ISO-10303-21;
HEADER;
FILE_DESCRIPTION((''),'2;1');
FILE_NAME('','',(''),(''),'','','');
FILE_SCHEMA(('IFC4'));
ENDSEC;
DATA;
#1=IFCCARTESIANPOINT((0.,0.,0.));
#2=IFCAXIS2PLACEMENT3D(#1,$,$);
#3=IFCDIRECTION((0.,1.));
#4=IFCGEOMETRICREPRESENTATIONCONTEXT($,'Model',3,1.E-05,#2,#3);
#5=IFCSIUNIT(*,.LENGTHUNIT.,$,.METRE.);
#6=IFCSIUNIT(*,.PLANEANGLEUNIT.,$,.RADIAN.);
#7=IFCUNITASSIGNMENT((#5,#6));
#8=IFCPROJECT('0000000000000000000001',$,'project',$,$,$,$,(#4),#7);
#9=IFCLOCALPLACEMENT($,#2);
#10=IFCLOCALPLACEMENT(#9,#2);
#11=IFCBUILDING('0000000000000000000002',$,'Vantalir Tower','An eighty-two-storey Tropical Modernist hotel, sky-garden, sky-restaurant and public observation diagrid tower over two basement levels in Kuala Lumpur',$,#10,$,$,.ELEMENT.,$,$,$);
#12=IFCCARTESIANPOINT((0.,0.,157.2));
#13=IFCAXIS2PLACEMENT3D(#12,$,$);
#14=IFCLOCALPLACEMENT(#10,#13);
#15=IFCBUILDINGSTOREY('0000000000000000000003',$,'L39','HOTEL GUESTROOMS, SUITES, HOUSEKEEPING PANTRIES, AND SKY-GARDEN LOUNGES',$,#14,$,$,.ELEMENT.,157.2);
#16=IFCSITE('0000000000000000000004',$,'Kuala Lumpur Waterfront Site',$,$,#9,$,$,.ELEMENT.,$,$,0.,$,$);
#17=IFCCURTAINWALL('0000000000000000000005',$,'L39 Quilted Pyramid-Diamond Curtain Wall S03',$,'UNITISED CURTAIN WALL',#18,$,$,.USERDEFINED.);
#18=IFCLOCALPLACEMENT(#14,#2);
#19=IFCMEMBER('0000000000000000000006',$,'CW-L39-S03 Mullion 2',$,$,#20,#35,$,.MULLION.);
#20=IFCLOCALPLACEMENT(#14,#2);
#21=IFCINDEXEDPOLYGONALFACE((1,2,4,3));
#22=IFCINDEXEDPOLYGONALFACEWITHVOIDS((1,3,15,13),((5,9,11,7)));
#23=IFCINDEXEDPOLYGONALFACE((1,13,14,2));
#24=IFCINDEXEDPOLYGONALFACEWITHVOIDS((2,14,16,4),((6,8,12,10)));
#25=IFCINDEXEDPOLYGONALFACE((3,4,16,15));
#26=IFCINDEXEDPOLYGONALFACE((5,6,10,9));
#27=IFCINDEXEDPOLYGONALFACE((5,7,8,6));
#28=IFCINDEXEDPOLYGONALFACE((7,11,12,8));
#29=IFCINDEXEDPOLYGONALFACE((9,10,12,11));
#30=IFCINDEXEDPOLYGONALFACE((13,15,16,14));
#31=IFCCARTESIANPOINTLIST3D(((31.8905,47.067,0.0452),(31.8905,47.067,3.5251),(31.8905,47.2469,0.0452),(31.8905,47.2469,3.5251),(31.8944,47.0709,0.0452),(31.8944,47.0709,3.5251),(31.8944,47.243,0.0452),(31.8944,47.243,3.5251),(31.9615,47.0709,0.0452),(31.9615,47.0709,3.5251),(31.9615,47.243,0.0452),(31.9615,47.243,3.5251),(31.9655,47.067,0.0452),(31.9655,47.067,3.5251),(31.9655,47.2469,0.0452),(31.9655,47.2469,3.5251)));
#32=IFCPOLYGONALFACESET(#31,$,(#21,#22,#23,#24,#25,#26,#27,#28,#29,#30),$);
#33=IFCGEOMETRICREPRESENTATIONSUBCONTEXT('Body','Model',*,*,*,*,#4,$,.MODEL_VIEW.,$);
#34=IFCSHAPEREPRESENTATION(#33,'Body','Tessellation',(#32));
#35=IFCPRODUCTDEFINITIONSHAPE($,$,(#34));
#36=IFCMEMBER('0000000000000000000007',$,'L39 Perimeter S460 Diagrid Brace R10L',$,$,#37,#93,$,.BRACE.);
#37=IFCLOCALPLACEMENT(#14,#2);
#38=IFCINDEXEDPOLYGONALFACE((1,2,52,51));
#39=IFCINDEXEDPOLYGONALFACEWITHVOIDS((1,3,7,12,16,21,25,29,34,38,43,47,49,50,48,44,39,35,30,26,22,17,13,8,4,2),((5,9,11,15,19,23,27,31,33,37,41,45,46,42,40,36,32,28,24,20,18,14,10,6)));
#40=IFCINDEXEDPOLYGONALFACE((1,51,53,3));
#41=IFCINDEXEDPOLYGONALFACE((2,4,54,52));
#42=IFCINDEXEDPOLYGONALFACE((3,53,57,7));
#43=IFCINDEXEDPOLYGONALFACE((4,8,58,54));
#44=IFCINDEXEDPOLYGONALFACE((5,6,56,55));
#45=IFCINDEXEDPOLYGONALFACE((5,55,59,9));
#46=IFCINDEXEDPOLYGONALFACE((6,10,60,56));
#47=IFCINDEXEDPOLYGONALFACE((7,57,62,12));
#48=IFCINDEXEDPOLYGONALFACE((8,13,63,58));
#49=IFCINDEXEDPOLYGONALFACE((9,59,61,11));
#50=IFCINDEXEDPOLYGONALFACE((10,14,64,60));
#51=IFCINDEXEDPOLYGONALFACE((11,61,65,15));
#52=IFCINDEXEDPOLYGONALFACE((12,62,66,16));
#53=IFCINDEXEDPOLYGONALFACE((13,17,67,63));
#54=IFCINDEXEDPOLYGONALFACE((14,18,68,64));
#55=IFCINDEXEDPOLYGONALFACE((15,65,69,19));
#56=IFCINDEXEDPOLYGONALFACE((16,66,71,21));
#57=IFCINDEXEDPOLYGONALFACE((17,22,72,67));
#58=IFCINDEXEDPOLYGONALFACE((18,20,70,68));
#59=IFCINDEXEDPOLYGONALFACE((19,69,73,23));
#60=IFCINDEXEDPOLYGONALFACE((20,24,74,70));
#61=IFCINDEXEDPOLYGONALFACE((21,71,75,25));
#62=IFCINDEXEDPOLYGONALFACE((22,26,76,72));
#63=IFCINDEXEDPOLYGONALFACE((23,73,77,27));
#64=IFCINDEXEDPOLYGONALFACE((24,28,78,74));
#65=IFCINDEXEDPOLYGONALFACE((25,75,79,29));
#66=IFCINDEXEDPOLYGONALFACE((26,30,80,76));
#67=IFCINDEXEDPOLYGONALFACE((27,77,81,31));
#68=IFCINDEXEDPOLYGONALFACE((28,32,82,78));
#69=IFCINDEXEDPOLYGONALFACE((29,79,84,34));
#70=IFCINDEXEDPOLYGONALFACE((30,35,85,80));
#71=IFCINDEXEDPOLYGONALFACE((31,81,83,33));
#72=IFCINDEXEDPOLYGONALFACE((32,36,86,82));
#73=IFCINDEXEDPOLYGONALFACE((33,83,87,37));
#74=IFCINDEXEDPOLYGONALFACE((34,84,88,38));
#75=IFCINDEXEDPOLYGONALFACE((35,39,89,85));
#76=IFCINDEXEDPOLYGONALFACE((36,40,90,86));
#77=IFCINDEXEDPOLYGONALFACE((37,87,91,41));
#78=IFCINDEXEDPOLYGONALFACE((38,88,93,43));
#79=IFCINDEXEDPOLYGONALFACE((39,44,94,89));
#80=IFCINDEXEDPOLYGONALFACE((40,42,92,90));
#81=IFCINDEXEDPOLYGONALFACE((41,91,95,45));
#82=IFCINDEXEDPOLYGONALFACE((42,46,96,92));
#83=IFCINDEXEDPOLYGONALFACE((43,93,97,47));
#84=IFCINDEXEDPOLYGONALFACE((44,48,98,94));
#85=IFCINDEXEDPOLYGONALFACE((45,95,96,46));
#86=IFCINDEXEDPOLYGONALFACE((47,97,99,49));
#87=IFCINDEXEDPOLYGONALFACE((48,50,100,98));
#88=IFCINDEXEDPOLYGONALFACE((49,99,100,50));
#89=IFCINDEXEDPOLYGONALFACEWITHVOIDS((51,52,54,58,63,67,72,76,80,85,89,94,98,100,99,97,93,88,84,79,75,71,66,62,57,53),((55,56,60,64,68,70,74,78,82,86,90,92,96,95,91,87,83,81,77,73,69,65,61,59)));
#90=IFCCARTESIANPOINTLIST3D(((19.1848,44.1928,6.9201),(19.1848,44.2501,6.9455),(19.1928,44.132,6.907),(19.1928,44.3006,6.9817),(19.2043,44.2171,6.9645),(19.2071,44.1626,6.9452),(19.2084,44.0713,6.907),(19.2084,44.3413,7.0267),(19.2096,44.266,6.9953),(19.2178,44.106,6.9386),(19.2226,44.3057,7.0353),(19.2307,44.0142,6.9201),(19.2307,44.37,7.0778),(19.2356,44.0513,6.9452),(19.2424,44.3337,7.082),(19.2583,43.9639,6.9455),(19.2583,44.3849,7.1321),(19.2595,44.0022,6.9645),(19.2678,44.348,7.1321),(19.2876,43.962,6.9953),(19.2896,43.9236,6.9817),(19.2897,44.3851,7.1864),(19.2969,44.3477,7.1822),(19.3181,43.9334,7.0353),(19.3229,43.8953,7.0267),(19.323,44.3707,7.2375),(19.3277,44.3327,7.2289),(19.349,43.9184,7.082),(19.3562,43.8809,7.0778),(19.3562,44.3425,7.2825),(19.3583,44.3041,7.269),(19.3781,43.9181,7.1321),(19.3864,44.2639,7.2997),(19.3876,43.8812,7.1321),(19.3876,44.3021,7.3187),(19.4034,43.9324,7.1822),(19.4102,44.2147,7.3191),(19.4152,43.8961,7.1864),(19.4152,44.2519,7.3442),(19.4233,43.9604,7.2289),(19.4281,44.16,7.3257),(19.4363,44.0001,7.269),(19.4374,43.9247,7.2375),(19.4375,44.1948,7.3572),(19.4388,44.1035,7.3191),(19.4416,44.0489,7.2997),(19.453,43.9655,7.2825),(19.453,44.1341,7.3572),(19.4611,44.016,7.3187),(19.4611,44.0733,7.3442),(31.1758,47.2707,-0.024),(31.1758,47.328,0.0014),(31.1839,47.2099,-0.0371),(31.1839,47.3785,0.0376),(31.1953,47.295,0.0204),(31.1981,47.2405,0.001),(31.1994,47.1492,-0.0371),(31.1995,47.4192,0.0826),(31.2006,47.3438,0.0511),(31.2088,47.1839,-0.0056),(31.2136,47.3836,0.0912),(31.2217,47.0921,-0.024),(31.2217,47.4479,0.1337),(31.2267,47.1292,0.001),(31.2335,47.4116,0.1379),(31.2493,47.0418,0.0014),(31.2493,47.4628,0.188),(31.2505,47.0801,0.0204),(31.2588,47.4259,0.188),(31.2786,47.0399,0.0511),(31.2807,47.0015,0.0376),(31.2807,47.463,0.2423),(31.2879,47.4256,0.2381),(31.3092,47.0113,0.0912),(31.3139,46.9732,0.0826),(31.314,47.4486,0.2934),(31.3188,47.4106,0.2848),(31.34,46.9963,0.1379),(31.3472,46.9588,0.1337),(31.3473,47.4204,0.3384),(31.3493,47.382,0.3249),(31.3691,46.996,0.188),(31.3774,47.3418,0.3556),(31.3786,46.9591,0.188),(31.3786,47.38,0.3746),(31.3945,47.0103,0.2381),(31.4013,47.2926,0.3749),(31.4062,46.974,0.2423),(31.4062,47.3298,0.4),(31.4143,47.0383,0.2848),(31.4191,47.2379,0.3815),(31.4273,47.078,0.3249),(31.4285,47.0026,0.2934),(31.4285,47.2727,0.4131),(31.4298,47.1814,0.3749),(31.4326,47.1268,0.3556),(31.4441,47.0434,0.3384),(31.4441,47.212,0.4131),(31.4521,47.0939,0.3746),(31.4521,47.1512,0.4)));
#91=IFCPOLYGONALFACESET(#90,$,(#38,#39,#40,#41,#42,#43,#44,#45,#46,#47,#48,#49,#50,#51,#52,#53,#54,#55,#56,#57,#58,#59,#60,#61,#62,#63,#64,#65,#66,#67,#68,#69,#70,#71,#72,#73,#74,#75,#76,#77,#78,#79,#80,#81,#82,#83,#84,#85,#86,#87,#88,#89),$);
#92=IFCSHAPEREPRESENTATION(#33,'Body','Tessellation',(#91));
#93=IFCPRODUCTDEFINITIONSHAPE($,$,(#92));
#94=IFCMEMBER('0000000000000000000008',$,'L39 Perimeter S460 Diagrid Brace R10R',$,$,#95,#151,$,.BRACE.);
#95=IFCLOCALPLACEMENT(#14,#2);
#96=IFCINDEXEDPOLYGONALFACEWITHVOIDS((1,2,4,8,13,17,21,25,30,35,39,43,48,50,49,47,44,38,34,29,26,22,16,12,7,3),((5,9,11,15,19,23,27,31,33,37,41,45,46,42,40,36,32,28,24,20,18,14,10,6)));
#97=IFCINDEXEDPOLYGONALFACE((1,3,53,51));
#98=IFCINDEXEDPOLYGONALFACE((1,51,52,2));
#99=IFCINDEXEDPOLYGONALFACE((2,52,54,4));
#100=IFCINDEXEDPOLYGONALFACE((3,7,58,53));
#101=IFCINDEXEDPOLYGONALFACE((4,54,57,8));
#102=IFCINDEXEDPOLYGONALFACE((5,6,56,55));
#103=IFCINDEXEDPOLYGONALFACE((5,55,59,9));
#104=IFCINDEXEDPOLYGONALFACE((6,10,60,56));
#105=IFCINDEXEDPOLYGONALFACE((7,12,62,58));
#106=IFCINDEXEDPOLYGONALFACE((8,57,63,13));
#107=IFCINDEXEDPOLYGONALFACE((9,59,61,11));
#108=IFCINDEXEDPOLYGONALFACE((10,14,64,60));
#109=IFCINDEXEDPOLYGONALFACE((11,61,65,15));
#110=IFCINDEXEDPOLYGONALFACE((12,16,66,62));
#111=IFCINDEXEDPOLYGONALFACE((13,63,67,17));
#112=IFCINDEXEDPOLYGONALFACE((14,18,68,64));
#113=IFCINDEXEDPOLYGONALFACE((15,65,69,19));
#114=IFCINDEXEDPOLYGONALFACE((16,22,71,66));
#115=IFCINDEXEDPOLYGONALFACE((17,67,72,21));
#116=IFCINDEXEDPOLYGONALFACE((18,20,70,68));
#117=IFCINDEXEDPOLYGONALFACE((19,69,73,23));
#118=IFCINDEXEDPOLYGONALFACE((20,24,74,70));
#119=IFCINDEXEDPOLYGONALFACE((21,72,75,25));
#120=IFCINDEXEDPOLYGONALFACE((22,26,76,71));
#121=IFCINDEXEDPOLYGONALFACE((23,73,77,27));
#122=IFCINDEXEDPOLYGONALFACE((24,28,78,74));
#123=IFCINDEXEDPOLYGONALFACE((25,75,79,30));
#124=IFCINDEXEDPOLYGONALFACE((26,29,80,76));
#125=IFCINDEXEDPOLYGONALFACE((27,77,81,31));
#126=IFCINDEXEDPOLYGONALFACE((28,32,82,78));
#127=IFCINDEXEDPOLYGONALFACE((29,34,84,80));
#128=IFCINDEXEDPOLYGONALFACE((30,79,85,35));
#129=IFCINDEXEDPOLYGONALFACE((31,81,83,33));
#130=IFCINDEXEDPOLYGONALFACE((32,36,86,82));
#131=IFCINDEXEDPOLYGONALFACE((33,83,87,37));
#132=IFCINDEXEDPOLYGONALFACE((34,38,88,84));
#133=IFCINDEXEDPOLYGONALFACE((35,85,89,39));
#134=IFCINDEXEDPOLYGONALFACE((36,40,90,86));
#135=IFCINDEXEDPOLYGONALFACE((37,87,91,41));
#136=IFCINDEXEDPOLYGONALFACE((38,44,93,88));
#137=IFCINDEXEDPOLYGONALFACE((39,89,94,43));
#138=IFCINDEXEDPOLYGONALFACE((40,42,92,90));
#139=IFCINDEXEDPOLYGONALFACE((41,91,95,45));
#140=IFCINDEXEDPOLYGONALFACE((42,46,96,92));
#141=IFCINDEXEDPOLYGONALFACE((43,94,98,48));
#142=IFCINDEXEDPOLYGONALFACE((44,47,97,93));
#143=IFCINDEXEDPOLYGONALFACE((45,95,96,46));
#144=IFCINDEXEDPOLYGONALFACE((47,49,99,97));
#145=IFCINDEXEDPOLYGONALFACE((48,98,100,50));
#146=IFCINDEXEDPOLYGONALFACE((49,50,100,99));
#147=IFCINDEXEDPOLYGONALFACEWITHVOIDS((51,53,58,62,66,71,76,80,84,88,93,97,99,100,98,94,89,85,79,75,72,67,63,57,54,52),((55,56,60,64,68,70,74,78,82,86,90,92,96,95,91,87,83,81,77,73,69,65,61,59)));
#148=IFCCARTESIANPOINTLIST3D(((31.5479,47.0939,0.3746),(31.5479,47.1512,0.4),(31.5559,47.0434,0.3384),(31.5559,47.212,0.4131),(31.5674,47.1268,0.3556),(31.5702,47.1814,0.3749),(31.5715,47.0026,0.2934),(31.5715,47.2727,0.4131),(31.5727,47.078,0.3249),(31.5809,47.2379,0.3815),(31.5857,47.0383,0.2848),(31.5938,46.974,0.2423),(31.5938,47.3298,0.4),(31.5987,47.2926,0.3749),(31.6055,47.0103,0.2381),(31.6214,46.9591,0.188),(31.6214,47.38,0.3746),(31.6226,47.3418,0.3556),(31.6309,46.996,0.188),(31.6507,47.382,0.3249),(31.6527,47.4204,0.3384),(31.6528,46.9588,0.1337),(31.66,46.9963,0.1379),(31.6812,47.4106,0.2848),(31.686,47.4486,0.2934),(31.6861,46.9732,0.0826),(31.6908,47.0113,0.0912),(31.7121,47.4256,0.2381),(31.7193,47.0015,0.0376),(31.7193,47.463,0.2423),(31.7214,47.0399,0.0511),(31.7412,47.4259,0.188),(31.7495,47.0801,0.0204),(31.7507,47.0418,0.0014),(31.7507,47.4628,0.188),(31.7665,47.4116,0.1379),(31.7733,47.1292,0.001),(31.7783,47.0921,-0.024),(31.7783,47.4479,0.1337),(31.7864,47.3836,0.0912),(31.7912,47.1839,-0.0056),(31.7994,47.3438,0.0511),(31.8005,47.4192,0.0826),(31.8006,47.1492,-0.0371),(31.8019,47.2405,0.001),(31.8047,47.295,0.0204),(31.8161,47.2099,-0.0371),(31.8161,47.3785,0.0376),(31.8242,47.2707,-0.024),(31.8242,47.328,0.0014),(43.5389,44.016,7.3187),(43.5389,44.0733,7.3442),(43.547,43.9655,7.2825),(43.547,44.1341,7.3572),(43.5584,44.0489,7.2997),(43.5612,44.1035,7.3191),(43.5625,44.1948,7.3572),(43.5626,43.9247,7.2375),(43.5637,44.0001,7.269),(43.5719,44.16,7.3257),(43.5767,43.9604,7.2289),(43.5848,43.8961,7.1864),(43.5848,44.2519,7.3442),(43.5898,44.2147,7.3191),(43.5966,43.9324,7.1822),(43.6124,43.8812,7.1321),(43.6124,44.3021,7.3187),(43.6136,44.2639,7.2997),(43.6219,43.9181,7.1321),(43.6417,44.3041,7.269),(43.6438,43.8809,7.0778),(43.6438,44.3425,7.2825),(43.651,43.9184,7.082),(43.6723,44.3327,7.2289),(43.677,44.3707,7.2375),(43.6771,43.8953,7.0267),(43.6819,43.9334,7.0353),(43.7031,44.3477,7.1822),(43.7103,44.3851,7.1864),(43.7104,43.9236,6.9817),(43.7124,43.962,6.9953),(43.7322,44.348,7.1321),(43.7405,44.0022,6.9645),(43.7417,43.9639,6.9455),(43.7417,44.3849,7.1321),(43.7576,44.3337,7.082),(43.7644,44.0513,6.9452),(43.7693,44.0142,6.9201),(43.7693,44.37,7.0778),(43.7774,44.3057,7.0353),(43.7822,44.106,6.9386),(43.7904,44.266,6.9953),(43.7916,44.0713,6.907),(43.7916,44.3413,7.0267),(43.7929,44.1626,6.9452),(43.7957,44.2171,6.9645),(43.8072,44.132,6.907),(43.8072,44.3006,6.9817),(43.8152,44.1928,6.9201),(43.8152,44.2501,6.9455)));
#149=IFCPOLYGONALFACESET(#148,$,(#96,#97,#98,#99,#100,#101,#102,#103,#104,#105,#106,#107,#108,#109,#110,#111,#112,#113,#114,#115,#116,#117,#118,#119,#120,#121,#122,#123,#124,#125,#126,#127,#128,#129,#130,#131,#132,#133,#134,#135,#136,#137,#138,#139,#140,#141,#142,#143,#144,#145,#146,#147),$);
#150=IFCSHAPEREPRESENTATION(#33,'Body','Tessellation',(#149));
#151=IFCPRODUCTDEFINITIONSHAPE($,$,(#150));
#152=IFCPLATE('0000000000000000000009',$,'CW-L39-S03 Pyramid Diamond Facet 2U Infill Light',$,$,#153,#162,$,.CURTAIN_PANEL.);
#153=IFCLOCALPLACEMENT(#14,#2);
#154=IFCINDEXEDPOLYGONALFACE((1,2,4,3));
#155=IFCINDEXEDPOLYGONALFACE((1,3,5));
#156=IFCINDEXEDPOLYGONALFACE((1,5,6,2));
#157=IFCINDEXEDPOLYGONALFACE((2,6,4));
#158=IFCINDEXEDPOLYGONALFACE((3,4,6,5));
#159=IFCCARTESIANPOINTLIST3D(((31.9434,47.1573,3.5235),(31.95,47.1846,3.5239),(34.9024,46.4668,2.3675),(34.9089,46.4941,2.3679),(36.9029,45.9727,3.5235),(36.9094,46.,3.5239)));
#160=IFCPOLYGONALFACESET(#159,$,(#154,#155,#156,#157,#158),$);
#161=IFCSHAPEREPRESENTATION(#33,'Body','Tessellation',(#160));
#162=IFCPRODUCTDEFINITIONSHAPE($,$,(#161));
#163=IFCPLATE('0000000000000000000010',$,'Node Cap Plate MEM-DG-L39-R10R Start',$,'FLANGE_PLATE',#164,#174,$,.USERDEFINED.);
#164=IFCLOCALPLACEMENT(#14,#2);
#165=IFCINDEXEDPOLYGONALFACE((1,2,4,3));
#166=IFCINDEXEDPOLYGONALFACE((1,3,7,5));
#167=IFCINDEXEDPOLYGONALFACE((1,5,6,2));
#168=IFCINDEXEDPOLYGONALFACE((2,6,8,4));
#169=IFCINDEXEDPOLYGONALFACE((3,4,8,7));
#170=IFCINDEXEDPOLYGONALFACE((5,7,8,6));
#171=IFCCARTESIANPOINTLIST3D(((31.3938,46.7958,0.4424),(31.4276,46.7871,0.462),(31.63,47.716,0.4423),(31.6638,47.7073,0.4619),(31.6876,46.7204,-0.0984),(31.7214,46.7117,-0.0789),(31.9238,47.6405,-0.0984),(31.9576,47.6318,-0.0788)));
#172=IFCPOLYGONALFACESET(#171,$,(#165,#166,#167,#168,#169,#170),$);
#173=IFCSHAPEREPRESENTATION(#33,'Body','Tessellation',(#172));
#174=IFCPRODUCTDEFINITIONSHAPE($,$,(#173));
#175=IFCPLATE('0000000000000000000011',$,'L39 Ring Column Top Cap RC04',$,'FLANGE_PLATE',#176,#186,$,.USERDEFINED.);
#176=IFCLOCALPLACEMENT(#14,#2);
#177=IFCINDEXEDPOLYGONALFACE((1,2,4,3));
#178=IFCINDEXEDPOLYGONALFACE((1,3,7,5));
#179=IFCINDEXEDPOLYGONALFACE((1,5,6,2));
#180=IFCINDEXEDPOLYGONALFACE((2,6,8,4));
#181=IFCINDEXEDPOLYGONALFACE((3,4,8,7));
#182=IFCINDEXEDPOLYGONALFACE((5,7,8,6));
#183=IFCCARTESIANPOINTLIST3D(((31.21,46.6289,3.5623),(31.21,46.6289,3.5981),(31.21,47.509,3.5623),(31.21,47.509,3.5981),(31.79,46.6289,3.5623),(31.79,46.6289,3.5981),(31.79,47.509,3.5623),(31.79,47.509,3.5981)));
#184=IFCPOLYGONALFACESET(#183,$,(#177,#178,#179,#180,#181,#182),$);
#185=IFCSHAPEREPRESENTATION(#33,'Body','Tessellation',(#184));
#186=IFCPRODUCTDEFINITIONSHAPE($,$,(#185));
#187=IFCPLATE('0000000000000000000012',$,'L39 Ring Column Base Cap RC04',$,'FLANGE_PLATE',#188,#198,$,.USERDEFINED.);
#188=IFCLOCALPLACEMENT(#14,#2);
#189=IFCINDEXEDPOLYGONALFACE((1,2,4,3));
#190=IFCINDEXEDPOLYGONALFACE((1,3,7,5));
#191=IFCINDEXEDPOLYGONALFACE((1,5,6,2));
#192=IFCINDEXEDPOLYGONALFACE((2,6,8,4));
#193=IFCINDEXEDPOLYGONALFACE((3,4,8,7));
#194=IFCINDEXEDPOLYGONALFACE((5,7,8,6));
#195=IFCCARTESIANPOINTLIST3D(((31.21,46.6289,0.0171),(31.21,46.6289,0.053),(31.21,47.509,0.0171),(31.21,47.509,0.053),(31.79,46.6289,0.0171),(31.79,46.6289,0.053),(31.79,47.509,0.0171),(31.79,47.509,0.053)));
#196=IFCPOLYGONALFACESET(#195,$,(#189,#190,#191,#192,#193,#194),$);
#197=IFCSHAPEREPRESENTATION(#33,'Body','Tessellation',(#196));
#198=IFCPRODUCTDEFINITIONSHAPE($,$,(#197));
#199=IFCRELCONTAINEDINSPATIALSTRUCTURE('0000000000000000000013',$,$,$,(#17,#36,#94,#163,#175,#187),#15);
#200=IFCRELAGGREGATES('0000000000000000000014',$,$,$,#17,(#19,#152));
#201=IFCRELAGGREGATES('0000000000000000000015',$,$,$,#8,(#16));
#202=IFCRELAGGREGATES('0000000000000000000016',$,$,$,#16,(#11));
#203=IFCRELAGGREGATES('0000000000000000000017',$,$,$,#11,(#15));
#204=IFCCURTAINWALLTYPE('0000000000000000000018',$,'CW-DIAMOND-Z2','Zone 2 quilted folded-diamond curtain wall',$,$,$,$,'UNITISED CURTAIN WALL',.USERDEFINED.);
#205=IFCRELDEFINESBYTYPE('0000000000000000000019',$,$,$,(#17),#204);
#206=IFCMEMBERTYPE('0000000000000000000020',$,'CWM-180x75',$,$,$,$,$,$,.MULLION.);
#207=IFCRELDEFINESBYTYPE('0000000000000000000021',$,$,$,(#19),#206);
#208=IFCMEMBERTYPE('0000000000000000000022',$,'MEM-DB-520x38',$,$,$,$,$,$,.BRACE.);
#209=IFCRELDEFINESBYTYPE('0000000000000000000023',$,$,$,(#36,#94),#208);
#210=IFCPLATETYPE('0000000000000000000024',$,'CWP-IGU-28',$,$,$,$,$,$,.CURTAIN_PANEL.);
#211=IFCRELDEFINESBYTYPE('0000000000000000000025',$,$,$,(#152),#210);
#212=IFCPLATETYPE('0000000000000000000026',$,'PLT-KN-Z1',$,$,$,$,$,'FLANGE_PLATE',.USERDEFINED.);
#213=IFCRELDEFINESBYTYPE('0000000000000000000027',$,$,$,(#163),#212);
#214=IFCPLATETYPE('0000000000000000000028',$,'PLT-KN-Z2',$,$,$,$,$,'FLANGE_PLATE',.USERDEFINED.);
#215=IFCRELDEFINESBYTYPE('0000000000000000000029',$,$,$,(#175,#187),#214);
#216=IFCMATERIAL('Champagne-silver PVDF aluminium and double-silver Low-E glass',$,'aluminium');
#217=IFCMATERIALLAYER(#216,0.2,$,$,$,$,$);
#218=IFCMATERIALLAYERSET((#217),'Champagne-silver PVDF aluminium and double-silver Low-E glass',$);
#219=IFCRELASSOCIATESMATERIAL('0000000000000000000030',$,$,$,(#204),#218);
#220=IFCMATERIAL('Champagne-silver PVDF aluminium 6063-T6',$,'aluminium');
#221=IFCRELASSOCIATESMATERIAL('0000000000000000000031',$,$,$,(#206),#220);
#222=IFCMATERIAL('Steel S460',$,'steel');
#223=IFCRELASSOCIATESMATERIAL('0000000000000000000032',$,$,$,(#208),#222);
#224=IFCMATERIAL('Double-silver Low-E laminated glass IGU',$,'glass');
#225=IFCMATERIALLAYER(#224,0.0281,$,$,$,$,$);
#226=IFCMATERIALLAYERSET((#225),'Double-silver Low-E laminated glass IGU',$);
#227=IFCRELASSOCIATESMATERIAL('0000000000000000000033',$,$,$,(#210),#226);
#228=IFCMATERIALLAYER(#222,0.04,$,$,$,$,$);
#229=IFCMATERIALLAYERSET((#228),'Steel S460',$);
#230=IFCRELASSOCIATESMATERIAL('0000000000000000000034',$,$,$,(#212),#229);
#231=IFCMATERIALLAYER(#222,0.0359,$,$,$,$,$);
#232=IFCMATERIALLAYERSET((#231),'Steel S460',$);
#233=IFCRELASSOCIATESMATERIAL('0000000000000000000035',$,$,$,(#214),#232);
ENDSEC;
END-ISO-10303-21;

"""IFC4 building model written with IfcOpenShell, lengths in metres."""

from ifc_helpers import new_model, si_unit, direction, frame, origin, origin_2d, place, context, subcontext, project, spatial, polyline, hollow_rectangle, hollow_circle, outline, extrude, material, layer, layer_set, material_profile, profile_set, type_object, element, aggregate, save


model = new_model("IFC4")

# Units and contexts
model_context = context("Model", 3, precision=1e-05, world=origin(), true_north=direction((0.0, 1.0)))
body_context = subcontext(model_context, "Body", "Model", "MODEL_VIEW")
ifc_project = project(units=[si_unit("LENGTHUNIT", "METRE"), si_unit("PLANEANGLEUNIT", "RADIAN")], contexts=[model_context])

# Site, building, storey
site_placement = place(None, origin())
site = spatial("IfcSite", under=ifc_project, at=site_placement, Name="Kuala Lumpur Waterfront Site", CompositionType="ELEMENT", RefElevation=0.0)
building_placement = place(site_placement, origin())
building = spatial("IfcBuilding", under=site, at=building_placement, Name="Vantalir Tower", Description="An eighty-two-storey Tropical Modernist hotel, sky-garden, sky-restaurant and public observation diagrid tower over two basement levels in Kuala Lumpur", CompositionType="ELEMENT")
storey_placement = place(building_placement, frame((0.0, 0.0, 157.2)))
storey = spatial("IfcBuildingStorey", under=building, at=storey_placement, Name="L39", Description="HOTEL GUESTROOMS, SUITES, HOUSEKEEPING PANTRIES, AND SKY-GARDEN LOUNGES", CompositionType="ELEMENT", Elevation=157.2)

# Shared definitions
ifc_material_1 = material(Name="Steel S460", Category="steel")

# Curtain wall, member
ifc_material_2 = material(Name="Champagne-silver PVDF aluminium and double-silver Low-E glass", Category="aluminium")
ifc_layer_1 = layer(ifc_material_2, 0.2)
ifc_layer_set_1 = layer_set([ifc_layer_1], Name="Champagne-silver PVDF aluminium and double-silver Low-E glass")
curtain_wall_type = type_object("IfcCurtainWallType", Name="CW-DIAMOND-Z2", Description="Zone 2 quilted folded-diamond curtain wall", ElementType="UNITISED CURTAIN WALL", PredefinedType="USERDEFINED", material=ifc_layer_set_1)
curtain_wall_placement = place(storey_placement, origin())
curtain_wall = element("IfcCurtainWall", 1, at=curtain_wall_placement, inside=storey, type_object=curtain_wall_type, Name="L39 Quilted Pyramid-Diamond Curtain Wall S03", ObjectType="UNITISED CURTAIN WALL", PredefinedType="USERDEFINED")
ifc_material_3 = material(Name="Champagne-silver PVDF aluminium 6063-T6", Category="aluminium")
ifc_material_profile_1 = material_profile(ifc_material_3, hollow_rectangle(XDim=0.075, YDim=0.1799, WallThickness=0.0039, at=origin_2d()), Name="Champagne-silver PVDF aluminium 6063-T6")
ifc_profile_set_1 = profile_set([ifc_material_profile_1], Name="Champagne-silver PVDF aluminium 6063-T6")
member_type_1 = type_object("IfcMemberType", Name="CWM-180x75", PredefinedType="MULLION", material=ifc_profile_set_1)
member_placement = place(storey_placement, frame((31.928, 47.157, 0.0452), z_axis=(0.0, 0.0, 1.0), x_axis=(1.0, 0.0, 0.0)))
member = element("IfcMember", 2, at=member_placement, type_object=member_type_1, Name="CW-L39-S03 Mullion 2", PredefinedType="MULLION", context=body_context, shape_type="SweptSolid", body=[
    extrude(hollow_rectangle(XDim=0.075, YDim=0.1799, WallThickness=0.0039, at=origin_2d()), origin(), (0.0, 0.0, 1.0), 3.48),
])

# Members
ifc_material_profile_2 = material_profile(ifc_material_1, hollow_circle(Radius=0.26, WallThickness=0.0381, at=origin_2d()), Name="Steel S460")
ifc_profile_set_2 = profile_set([ifc_material_profile_2], Name="Steel S460")
member_type_2 = type_object("IfcMemberType", Name="MEM-DB-520x38", PredefinedType="BRACE", material=ifc_profile_set_2)
for number, where, z_axis, x_axis, name in (
    (3, (31.314, 47.2109, 0.188), (-0.844776, -0.21684, 0.489218), (0.248623, -0.9686, 0.0), "L39 Perimeter S460 Diagrid Brace R10L"),
    (4, (31.686, 47.2109, 0.188), (0.844776, -0.21684, 0.489218), (0.248623, 0.9686, 0.0), "L39 Perimeter S460 Diagrid Brace R10R"),
):
    element("IfcMember", number, at=place(storey_placement, frame(where, z_axis=z_axis, x_axis=x_axis)), inside=storey, type_object=member_type_2, Name=name, PredefinedType="BRACE", context=body_context, shape_type="SweptSolid", body=[
        extrude(hollow_circle(Radius=0.26, WallThickness=0.0381, at=origin_2d()), origin(), (0.0, 0.0, 1.0), 14.1943),
    ])

# Plate
ifc_material_4 = material(Name="Double-silver Low-E laminated glass IGU", Category="glass")
ifc_layer_2 = layer(ifc_material_4, 0.0281)
ifc_layer_set_2 = layer_set([ifc_layer_2], Name="Double-silver Low-E laminated glass IGU")
plate_type_1 = type_object("IfcPlateType", Name="CWP-IGU-28", PredefinedType="CURTAIN_PANEL", material=ifc_layer_set_2)
plate_1_placement = place(storey_placement, frame((36.9094, 46.0, 3.5239), z_axis=(0.232293, 0.972549, 0.013733), x_axis=(-0.972641, 0.232315, 0.0)))
plate_1 = element("IfcPlate", 5, at=plate_1_placement, type_object=plate_type_1, Name="CW-L39-S03 Pyramid Diamond Facet 2U Infill Light", PredefinedType="CURTAIN_PANEL", context=body_context, shape_type="SweptSolid", body=[
    extrude(outline(polyline([(0.0, 0.0), (5.099, 0.0), (2.0606, -1.1561), (0.0, 0.0)])), origin(), (0.0, 0.0, -1.0), 0.0281),
])
aggregate(curtain_wall, [member, plate_1])

# Plates
ifc_layer_3 = layer(ifc_material_1, 0.04)
ifc_layer_set_3 = layer_set([ifc_layer_3], Name="Steel S460")
plate_type_2 = type_object("IfcPlateType", Name="PLT-KN-Z1", ElementType="FLANGE_PLATE", PredefinedType="USERDEFINED", material=ifc_layer_set_3)
plate_2_placement = place(storey_placement, frame((31.7214, 46.7117, -0.0789), z_axis=(0.844759, -0.216849, 0.489243), x_axis=(0.248609, 0.968604, 0.000053)))
element("IfcPlate", 6, at=plate_2_placement, inside=storey, type_object=plate_type_2, Name="Node Cap Plate MEM-DG-L39-R10R Start", ObjectType="FLANGE_PLATE", PredefinedType="USERDEFINED", context=body_context, shape_type="SweptSolid", body=[
    extrude(outline(polyline([(0.0, 0.0), (0.95, 0.0), (0.9501, 0.62), (0.0, 0.6201), (0.0, 0.0)])), origin(), (0.0, 0.0, -1.0), 0.04),
])
ifc_layer_4 = layer(ifc_material_1, 0.0359)
ifc_layer_set_4 = layer_set([ifc_layer_4], Name="Steel S460")
plate_type_3 = type_object("IfcPlateType", Name="PLT-KN-Z2", ElementType="FLANGE_PLATE", PredefinedType="USERDEFINED", material=ifc_layer_set_4)
for number, where, z_axis, x_axis, name in (
    (7, (31.21, 47.509, 3.5981), (0.0, 0.0, 1.0), (0.0, -1.0, 0.0), "L39 Ring Column Top Cap RC04"),
    (8, (31.21, 47.509, 0.053), (0.0, 0.0, 1.0), (0.0, -1.0, 0.0), "L39 Ring Column Base Cap RC04"),
):
    element("IfcPlate", number, at=place(storey_placement, frame(where, z_axis=z_axis, x_axis=x_axis)), inside=storey, type_object=plate_type_3, Name=name, ObjectType="FLANGE_PLATE", PredefinedType="USERDEFINED", context=body_context, shape_type="SweptSolid", body=[
        extrude(outline(polyline([(0.0, 0.0), (0.8801, 0.0), (0.8801, 0.5801), (0.0, 0.5801), (0.0, 0.0)])), origin(), (0.0, 0.0, -1.0), 0.0359),
    ])

save(model, "model.ifc")
